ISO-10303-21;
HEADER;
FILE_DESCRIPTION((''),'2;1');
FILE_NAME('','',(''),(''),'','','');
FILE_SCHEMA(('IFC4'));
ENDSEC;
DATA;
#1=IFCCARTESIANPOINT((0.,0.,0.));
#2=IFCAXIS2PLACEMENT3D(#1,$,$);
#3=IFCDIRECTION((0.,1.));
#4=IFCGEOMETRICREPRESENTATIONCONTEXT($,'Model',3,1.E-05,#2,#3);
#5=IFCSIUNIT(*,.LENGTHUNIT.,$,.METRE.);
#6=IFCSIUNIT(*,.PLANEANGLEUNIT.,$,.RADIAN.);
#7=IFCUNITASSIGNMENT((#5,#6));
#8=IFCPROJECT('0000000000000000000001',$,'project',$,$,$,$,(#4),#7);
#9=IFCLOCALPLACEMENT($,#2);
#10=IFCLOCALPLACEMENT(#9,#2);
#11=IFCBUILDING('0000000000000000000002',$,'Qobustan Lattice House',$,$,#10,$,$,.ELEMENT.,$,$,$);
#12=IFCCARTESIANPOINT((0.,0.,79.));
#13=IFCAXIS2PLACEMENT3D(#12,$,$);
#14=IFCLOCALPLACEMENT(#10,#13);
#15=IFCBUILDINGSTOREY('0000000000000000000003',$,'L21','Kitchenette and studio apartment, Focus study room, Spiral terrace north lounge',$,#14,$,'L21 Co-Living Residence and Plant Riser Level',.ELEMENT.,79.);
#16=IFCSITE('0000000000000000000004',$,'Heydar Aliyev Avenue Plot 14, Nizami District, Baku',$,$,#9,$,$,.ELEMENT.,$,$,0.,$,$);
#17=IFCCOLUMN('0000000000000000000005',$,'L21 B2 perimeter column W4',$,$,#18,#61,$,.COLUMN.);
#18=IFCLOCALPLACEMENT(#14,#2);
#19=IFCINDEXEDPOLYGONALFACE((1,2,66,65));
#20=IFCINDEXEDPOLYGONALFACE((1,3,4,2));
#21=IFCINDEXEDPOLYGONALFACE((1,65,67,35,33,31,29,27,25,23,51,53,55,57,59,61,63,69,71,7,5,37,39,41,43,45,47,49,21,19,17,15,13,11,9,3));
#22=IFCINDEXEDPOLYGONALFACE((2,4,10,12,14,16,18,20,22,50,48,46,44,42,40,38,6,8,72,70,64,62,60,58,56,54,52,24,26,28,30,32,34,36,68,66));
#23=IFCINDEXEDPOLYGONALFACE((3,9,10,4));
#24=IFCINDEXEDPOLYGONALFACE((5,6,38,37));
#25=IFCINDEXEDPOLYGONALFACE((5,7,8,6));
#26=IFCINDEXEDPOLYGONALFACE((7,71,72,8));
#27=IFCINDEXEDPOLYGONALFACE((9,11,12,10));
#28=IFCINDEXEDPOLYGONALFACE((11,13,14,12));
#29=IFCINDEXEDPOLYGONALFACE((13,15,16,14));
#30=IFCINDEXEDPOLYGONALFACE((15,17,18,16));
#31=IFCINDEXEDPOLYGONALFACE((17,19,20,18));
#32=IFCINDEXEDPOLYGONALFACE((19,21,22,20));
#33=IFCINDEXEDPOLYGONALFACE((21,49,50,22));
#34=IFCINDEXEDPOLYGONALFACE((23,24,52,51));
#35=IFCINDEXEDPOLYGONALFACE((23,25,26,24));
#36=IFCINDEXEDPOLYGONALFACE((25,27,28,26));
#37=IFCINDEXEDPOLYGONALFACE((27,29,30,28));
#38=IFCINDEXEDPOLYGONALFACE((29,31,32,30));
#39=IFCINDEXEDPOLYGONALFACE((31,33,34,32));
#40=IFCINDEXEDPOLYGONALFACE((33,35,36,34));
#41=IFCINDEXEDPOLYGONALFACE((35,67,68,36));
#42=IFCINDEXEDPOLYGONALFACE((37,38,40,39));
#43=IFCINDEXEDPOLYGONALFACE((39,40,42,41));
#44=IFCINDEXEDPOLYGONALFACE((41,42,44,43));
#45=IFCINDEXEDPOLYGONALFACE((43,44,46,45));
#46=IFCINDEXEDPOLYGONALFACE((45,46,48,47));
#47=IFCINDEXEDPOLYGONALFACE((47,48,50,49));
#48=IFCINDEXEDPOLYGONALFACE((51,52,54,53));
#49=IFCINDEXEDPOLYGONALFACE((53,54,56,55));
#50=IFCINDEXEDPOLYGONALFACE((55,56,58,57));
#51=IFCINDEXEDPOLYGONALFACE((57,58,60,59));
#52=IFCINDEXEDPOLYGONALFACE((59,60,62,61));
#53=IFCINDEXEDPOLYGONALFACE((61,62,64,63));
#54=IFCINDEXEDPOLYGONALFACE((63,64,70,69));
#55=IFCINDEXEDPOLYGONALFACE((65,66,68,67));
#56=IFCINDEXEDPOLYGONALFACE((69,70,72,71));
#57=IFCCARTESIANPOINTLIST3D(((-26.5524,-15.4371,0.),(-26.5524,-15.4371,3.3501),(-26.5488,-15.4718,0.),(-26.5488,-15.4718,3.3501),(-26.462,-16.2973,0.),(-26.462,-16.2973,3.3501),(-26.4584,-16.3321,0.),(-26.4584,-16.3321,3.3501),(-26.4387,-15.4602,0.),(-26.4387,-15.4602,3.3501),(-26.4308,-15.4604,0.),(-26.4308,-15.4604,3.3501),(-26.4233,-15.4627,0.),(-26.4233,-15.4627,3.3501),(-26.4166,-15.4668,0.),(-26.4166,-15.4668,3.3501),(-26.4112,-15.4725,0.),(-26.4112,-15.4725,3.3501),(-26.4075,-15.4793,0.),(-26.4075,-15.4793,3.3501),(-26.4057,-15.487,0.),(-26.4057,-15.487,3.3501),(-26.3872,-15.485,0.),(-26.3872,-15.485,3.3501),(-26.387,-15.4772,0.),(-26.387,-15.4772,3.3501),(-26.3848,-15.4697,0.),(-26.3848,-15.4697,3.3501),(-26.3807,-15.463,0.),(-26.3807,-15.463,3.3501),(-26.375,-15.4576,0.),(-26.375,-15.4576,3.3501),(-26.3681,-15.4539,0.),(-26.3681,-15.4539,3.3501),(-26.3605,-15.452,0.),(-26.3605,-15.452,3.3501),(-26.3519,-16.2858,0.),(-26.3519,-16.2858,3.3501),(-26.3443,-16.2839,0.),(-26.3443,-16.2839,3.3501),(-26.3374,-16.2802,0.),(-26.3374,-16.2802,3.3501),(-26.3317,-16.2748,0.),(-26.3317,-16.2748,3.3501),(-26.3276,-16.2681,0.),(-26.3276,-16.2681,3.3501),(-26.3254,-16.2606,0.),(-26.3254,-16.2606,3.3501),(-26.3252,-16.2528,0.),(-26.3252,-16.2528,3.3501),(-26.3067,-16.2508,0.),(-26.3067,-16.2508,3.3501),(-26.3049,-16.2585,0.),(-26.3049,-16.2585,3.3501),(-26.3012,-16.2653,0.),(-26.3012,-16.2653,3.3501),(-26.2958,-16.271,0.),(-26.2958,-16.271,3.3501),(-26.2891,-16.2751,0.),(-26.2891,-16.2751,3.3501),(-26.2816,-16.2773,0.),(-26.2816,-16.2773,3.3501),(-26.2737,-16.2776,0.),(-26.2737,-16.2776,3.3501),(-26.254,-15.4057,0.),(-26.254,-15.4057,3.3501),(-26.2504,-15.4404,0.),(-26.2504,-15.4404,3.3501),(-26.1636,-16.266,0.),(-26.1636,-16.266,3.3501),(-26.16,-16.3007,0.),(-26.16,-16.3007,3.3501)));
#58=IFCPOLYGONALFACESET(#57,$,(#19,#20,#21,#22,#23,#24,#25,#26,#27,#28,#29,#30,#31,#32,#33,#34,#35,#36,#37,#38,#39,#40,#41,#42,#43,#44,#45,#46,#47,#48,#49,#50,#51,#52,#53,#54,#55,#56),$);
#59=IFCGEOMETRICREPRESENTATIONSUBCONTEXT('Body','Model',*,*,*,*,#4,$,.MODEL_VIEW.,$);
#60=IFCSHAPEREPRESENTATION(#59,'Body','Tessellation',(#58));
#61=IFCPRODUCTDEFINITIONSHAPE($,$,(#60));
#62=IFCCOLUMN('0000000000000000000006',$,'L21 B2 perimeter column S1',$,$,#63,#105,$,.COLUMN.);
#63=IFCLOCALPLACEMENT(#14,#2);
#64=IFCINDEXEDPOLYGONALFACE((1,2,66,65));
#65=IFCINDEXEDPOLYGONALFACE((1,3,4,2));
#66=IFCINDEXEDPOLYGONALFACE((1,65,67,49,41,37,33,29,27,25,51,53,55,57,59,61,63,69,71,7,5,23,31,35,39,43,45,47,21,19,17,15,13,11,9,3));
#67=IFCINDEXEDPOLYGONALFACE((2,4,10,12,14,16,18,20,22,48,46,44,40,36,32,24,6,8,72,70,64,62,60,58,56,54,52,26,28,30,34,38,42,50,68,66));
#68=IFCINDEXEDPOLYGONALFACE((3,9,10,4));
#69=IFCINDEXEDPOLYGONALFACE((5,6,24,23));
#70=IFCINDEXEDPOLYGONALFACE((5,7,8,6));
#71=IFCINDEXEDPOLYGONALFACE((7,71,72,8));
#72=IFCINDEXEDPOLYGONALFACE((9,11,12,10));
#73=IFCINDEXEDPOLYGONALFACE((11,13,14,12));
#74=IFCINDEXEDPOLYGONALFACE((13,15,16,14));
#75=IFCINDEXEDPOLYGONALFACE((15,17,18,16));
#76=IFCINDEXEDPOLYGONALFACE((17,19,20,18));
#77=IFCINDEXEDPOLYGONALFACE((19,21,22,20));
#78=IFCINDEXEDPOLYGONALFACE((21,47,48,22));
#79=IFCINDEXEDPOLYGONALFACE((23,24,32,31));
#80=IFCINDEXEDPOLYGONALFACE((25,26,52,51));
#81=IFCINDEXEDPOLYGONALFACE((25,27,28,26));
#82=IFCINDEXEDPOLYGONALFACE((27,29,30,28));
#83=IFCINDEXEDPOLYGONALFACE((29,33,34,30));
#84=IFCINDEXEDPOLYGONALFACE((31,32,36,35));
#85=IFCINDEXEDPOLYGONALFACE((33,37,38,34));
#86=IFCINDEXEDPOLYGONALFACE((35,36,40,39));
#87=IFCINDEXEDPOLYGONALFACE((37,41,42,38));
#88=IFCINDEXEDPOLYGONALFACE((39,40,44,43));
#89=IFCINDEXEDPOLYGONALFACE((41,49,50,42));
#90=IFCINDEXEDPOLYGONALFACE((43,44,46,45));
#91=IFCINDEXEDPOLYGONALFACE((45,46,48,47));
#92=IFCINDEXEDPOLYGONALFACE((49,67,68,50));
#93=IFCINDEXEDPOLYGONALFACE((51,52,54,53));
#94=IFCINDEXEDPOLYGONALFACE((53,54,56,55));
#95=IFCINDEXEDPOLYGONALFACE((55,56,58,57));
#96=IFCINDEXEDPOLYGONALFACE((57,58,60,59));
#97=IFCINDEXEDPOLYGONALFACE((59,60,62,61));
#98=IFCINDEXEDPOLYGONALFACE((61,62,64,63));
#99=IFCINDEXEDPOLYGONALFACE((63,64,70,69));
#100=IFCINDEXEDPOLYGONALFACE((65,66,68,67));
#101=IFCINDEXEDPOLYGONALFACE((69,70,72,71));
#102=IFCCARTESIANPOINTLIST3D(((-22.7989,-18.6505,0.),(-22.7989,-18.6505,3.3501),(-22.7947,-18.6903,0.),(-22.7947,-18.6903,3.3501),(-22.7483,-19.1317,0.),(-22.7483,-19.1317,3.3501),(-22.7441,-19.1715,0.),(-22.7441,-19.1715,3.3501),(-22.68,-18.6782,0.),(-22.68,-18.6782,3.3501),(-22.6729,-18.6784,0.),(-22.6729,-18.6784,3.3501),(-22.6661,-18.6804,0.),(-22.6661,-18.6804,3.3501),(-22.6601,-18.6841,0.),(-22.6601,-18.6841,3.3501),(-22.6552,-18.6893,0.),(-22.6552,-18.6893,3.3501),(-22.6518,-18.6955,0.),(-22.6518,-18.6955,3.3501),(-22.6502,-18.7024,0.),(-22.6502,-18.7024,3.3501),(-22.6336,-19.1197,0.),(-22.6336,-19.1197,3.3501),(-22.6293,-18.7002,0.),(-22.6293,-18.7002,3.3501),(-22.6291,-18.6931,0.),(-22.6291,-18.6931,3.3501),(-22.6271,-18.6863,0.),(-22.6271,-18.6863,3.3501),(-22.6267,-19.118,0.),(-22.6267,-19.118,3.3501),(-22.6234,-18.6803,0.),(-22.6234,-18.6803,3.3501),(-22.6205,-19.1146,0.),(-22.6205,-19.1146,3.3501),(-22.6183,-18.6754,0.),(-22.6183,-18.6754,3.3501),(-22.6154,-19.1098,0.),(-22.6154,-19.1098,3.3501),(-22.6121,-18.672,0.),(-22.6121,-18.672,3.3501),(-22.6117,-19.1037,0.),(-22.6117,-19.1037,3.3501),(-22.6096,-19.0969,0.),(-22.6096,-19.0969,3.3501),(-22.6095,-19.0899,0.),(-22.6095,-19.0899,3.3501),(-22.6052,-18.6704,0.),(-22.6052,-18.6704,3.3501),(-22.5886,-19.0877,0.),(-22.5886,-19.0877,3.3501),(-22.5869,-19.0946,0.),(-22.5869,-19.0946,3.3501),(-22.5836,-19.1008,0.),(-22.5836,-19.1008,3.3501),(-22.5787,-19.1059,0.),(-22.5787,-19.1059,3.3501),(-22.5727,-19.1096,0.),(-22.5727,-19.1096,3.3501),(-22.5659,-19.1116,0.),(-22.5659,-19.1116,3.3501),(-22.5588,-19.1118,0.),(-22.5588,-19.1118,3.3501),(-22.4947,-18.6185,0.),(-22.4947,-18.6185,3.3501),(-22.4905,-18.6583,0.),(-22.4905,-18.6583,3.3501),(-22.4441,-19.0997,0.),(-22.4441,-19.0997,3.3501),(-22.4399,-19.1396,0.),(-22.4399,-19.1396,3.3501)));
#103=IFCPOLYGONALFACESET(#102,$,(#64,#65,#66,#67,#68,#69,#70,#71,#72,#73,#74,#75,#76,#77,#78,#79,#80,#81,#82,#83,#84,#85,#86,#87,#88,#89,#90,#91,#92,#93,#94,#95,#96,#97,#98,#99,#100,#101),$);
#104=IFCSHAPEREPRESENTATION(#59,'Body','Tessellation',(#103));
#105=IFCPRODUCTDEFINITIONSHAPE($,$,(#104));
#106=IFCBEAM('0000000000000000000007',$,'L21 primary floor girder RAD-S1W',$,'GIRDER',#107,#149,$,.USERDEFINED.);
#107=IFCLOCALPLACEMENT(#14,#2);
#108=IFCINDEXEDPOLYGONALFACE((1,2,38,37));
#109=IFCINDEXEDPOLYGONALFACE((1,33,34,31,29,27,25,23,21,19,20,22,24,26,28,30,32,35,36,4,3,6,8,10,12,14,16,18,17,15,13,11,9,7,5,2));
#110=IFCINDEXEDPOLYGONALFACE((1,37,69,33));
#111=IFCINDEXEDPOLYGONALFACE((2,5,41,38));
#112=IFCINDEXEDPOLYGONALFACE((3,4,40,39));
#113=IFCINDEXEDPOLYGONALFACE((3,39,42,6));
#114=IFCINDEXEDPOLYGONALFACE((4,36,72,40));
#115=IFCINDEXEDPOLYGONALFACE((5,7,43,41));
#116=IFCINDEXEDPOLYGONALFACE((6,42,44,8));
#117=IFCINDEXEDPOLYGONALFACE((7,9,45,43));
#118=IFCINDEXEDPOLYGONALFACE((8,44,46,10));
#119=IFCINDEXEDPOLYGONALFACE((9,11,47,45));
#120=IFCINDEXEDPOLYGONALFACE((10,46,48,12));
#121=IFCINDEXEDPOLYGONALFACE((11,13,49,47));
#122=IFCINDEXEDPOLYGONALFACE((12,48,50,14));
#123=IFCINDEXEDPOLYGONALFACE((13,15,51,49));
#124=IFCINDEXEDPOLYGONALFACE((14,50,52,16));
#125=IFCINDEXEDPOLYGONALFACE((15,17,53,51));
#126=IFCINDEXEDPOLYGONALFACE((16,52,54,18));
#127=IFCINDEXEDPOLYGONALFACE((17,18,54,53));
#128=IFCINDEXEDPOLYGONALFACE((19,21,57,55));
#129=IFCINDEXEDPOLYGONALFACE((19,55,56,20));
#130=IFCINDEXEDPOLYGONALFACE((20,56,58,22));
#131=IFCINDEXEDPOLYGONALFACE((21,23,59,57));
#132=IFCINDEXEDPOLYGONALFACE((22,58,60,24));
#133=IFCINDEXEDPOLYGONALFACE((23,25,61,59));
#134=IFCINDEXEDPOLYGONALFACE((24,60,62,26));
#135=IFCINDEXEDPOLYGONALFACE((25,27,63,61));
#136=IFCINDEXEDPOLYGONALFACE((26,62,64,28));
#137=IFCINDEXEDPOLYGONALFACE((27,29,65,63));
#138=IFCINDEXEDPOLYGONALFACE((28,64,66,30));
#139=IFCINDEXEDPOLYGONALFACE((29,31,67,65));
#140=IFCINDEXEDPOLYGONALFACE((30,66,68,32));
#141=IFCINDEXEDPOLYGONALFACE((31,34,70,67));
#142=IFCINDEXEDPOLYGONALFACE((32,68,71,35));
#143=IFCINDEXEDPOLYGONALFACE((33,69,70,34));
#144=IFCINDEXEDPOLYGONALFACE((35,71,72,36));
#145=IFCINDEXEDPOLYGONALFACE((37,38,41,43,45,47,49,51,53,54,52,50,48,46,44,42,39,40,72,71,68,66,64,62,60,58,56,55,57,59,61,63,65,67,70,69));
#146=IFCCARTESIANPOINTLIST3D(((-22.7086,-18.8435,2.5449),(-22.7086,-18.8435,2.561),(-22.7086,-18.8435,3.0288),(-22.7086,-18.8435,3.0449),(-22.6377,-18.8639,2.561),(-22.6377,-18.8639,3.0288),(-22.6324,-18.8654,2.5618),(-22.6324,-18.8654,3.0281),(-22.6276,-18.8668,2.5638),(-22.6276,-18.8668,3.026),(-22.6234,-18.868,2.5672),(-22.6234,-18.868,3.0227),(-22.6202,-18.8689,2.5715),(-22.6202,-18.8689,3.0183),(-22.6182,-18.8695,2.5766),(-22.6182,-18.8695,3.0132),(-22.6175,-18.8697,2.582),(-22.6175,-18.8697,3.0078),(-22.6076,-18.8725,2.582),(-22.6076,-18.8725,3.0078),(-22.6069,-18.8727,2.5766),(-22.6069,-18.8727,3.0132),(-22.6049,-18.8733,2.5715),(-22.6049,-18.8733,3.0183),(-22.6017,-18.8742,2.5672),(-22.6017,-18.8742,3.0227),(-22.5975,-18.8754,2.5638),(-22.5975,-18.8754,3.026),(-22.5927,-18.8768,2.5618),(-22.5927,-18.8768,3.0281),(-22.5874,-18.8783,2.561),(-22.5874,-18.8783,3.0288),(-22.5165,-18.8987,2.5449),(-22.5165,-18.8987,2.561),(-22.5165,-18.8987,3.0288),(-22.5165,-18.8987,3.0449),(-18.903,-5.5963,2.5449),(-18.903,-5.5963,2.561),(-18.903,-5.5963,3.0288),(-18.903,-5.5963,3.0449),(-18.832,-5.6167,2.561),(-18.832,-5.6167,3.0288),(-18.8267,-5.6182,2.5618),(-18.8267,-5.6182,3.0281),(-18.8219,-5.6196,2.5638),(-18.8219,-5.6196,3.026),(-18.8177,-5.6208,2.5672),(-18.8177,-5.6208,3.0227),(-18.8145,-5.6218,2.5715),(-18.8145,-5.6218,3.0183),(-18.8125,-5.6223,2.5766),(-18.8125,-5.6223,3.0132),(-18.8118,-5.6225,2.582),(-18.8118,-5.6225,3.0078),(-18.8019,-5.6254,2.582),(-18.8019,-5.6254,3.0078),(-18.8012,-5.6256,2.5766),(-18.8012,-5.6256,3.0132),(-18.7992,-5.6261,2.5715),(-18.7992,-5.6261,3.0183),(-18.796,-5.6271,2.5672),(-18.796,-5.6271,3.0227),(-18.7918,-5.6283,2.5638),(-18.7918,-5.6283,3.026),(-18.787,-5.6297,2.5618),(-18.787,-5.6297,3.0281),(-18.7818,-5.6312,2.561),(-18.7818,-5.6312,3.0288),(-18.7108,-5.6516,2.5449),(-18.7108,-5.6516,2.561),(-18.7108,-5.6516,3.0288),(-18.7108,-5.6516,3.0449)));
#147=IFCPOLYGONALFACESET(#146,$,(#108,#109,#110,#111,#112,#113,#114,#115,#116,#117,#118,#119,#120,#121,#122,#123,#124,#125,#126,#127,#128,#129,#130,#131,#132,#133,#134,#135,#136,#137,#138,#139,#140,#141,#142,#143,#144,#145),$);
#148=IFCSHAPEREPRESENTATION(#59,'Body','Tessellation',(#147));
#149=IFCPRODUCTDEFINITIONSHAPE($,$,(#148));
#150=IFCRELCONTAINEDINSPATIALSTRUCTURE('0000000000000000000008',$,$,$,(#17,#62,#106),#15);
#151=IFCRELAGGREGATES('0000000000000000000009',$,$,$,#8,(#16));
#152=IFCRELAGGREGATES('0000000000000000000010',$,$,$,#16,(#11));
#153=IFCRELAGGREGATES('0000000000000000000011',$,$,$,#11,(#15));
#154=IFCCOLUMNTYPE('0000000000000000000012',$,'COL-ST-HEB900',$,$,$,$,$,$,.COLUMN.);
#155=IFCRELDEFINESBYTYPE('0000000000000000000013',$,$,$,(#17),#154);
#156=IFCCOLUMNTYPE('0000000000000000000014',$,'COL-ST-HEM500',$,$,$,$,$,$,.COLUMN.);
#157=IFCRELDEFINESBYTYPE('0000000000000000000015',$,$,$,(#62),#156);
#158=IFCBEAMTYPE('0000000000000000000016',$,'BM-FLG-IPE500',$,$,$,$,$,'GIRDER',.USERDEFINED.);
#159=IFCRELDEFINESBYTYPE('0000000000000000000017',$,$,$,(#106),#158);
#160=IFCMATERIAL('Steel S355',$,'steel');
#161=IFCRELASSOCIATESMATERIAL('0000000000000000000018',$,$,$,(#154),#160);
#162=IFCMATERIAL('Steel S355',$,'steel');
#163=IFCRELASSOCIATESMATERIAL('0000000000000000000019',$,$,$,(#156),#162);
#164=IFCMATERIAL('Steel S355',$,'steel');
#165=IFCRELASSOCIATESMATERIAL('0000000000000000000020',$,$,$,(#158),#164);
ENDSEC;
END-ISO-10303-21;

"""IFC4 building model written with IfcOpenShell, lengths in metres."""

from ifc_helpers import new_model, si_unit, direction, frame, origin, origin_2d, place, context, subcontext, project, spatial, i_section, extrude, material, material_profile, profile_set, type_object, element, save


model = new_model("IFC4")

# Units and contexts
model_context = context("Model", 3, precision=1e-05, world=origin(), true_north=direction((0.0, 1.0)))
body_context = subcontext(model_context, "Body", "Model", "MODEL_VIEW")
ifc_project = project(units=[si_unit("LENGTHUNIT", "METRE"), si_unit("PLANEANGLEUNIT", "RADIAN")], contexts=[model_context])

# Site, building, storey
site_placement = place(None, origin())
site = spatial("IfcSite", under=ifc_project, at=site_placement, Name="Heydar Aliyev Avenue Plot 14, Nizami District, Baku", CompositionType="ELEMENT", RefElevation=0.0)
building_placement = place(site_placement, origin())
building = spatial("IfcBuilding", under=site, at=building_placement, Name="Qobustan Lattice House", CompositionType="ELEMENT")
storey_placement = place(building_placement, frame((0.0, 0.0, 79.0)))
storey = spatial("IfcBuildingStorey", under=building, at=storey_placement, Name="L21", Description="Kitchenette and studio apartment, Focus study room, Spiral terrace north lounge", LongName="L21 Co-Living Residence and Plant Riser Level", CompositionType="ELEMENT", Elevation=79.0)

# Columns
ifc_material_1 = material(Name="Steel S355", Category="steel")
ifc_material_profile_1 = material_profile(ifc_material_1, i_section(OverallWidth=0.3, OverallDepth=0.8999, WebThickness=0.0186, FlangeThickness=0.0349, FilletRadius=0.03, at=origin_2d()), Name="HEB900")
ifc_profile_set_1 = profile_set([ifc_material_profile_1], Name="Steel S355")
column_type_1 = type_object("IfcColumnType", Name="COL-ST-HEB900", PredefinedType="COLUMN", material=ifc_profile_set_1)
column_1_placement = place(storey_placement, frame((-26.3562, -15.8689, 0.0), z_axis=(0.0, 0.0, 1.0), x_axis=(0.994522, 0.104528, 0.0)))
element("IfcColumn", 1, at=column_1_placement, inside=storey, type_object=column_type_1, Name="L21 B2 perimeter column W4", PredefinedType="COLUMN", context=body_context, shape_type="SweptSolid", body=[
    extrude(i_section(OverallWidth=0.3, OverallDepth=0.8999, WebThickness=0.0186, FlangeThickness=0.0349, FilletRadius=0.03, at=origin_2d()), origin(), (0.0, 0.0, 1.0), 3.3501),
])
ifc_material_2 = material(Name="Steel S355", Category="steel")
ifc_material_profile_2 = material_profile(ifc_material_2, i_section(OverallWidth=0.3059, OverallDepth=0.5239, WebThickness=0.021, FlangeThickness=0.04, FilletRadius=0.0271, at=origin_2d()), Name="HEM500")
ifc_profile_set_2 = profile_set([ifc_material_profile_2], Name="Steel S355")
column_type_2 = type_object("IfcColumnType", Name="COL-ST-HEM500", PredefinedType="COLUMN", material=ifc_profile_set_2)
column_2_placement = place(storey_placement, frame((-22.6194, -18.895, 0.0), z_axis=(0.0, 0.0, 1.0), x_axis=(0.994522, 0.104528, 0.0)))
element("IfcColumn", 2, at=column_2_placement, inside=storey, type_object=column_type_2, Name="L21 B2 perimeter column S1", PredefinedType="COLUMN", context=body_context, shape_type="SweptSolid", body=[
    extrude(i_section(OverallWidth=0.3059, OverallDepth=0.5239, WebThickness=0.021, FlangeThickness=0.04, FilletRadius=0.0271, at=origin_2d()), origin(), (0.0, 0.0, 1.0), 3.3501),
])

# Beam
ifc_material_3 = material(Name="Steel S355", Category="steel")
ifc_material_profile_3 = material_profile(ifc_material_3, i_section(OverallWidth=0.2, OverallDepth=0.5, WebThickness=0.0103, FlangeThickness=0.0161, FilletRadius=0.021, at=origin_2d()), Name="IPE500")
ifc_profile_set_3 = profile_set([ifc_material_profile_3], Name="Steel S355")
beam_type_1 = type_object("IfcBeamType", Name="BM-FLG-IPE500", ElementType="GIRDER", PredefinedType="USERDEFINED", material=ifc_profile_set_3)
beam_1_placement = place(storey_placement, frame((-22.6125, -18.8711, 2.7949), z_axis=(0.276115, 0.961125, 0.0), x_axis=(-0.961125, 0.276115, 0.0)))
element("IfcBeam", 3, at=beam_1_placement, inside=storey, type_object=beam_type_1, Name="L21 primary floor girder RAD-S1W", ObjectType="GIRDER", PredefinedType="USERDEFINED", context=body_context, shape_type="SweptSolid", body=[
    extrude(i_section(OverallWidth=0.2, OverallDepth=0.5, WebThickness=0.0103, FlangeThickness=0.0161, FilletRadius=0.021, at=origin_2d()), origin(), (0.0, 0.0, 1.0), 13.783),
])

save(model, "model.ifc")
